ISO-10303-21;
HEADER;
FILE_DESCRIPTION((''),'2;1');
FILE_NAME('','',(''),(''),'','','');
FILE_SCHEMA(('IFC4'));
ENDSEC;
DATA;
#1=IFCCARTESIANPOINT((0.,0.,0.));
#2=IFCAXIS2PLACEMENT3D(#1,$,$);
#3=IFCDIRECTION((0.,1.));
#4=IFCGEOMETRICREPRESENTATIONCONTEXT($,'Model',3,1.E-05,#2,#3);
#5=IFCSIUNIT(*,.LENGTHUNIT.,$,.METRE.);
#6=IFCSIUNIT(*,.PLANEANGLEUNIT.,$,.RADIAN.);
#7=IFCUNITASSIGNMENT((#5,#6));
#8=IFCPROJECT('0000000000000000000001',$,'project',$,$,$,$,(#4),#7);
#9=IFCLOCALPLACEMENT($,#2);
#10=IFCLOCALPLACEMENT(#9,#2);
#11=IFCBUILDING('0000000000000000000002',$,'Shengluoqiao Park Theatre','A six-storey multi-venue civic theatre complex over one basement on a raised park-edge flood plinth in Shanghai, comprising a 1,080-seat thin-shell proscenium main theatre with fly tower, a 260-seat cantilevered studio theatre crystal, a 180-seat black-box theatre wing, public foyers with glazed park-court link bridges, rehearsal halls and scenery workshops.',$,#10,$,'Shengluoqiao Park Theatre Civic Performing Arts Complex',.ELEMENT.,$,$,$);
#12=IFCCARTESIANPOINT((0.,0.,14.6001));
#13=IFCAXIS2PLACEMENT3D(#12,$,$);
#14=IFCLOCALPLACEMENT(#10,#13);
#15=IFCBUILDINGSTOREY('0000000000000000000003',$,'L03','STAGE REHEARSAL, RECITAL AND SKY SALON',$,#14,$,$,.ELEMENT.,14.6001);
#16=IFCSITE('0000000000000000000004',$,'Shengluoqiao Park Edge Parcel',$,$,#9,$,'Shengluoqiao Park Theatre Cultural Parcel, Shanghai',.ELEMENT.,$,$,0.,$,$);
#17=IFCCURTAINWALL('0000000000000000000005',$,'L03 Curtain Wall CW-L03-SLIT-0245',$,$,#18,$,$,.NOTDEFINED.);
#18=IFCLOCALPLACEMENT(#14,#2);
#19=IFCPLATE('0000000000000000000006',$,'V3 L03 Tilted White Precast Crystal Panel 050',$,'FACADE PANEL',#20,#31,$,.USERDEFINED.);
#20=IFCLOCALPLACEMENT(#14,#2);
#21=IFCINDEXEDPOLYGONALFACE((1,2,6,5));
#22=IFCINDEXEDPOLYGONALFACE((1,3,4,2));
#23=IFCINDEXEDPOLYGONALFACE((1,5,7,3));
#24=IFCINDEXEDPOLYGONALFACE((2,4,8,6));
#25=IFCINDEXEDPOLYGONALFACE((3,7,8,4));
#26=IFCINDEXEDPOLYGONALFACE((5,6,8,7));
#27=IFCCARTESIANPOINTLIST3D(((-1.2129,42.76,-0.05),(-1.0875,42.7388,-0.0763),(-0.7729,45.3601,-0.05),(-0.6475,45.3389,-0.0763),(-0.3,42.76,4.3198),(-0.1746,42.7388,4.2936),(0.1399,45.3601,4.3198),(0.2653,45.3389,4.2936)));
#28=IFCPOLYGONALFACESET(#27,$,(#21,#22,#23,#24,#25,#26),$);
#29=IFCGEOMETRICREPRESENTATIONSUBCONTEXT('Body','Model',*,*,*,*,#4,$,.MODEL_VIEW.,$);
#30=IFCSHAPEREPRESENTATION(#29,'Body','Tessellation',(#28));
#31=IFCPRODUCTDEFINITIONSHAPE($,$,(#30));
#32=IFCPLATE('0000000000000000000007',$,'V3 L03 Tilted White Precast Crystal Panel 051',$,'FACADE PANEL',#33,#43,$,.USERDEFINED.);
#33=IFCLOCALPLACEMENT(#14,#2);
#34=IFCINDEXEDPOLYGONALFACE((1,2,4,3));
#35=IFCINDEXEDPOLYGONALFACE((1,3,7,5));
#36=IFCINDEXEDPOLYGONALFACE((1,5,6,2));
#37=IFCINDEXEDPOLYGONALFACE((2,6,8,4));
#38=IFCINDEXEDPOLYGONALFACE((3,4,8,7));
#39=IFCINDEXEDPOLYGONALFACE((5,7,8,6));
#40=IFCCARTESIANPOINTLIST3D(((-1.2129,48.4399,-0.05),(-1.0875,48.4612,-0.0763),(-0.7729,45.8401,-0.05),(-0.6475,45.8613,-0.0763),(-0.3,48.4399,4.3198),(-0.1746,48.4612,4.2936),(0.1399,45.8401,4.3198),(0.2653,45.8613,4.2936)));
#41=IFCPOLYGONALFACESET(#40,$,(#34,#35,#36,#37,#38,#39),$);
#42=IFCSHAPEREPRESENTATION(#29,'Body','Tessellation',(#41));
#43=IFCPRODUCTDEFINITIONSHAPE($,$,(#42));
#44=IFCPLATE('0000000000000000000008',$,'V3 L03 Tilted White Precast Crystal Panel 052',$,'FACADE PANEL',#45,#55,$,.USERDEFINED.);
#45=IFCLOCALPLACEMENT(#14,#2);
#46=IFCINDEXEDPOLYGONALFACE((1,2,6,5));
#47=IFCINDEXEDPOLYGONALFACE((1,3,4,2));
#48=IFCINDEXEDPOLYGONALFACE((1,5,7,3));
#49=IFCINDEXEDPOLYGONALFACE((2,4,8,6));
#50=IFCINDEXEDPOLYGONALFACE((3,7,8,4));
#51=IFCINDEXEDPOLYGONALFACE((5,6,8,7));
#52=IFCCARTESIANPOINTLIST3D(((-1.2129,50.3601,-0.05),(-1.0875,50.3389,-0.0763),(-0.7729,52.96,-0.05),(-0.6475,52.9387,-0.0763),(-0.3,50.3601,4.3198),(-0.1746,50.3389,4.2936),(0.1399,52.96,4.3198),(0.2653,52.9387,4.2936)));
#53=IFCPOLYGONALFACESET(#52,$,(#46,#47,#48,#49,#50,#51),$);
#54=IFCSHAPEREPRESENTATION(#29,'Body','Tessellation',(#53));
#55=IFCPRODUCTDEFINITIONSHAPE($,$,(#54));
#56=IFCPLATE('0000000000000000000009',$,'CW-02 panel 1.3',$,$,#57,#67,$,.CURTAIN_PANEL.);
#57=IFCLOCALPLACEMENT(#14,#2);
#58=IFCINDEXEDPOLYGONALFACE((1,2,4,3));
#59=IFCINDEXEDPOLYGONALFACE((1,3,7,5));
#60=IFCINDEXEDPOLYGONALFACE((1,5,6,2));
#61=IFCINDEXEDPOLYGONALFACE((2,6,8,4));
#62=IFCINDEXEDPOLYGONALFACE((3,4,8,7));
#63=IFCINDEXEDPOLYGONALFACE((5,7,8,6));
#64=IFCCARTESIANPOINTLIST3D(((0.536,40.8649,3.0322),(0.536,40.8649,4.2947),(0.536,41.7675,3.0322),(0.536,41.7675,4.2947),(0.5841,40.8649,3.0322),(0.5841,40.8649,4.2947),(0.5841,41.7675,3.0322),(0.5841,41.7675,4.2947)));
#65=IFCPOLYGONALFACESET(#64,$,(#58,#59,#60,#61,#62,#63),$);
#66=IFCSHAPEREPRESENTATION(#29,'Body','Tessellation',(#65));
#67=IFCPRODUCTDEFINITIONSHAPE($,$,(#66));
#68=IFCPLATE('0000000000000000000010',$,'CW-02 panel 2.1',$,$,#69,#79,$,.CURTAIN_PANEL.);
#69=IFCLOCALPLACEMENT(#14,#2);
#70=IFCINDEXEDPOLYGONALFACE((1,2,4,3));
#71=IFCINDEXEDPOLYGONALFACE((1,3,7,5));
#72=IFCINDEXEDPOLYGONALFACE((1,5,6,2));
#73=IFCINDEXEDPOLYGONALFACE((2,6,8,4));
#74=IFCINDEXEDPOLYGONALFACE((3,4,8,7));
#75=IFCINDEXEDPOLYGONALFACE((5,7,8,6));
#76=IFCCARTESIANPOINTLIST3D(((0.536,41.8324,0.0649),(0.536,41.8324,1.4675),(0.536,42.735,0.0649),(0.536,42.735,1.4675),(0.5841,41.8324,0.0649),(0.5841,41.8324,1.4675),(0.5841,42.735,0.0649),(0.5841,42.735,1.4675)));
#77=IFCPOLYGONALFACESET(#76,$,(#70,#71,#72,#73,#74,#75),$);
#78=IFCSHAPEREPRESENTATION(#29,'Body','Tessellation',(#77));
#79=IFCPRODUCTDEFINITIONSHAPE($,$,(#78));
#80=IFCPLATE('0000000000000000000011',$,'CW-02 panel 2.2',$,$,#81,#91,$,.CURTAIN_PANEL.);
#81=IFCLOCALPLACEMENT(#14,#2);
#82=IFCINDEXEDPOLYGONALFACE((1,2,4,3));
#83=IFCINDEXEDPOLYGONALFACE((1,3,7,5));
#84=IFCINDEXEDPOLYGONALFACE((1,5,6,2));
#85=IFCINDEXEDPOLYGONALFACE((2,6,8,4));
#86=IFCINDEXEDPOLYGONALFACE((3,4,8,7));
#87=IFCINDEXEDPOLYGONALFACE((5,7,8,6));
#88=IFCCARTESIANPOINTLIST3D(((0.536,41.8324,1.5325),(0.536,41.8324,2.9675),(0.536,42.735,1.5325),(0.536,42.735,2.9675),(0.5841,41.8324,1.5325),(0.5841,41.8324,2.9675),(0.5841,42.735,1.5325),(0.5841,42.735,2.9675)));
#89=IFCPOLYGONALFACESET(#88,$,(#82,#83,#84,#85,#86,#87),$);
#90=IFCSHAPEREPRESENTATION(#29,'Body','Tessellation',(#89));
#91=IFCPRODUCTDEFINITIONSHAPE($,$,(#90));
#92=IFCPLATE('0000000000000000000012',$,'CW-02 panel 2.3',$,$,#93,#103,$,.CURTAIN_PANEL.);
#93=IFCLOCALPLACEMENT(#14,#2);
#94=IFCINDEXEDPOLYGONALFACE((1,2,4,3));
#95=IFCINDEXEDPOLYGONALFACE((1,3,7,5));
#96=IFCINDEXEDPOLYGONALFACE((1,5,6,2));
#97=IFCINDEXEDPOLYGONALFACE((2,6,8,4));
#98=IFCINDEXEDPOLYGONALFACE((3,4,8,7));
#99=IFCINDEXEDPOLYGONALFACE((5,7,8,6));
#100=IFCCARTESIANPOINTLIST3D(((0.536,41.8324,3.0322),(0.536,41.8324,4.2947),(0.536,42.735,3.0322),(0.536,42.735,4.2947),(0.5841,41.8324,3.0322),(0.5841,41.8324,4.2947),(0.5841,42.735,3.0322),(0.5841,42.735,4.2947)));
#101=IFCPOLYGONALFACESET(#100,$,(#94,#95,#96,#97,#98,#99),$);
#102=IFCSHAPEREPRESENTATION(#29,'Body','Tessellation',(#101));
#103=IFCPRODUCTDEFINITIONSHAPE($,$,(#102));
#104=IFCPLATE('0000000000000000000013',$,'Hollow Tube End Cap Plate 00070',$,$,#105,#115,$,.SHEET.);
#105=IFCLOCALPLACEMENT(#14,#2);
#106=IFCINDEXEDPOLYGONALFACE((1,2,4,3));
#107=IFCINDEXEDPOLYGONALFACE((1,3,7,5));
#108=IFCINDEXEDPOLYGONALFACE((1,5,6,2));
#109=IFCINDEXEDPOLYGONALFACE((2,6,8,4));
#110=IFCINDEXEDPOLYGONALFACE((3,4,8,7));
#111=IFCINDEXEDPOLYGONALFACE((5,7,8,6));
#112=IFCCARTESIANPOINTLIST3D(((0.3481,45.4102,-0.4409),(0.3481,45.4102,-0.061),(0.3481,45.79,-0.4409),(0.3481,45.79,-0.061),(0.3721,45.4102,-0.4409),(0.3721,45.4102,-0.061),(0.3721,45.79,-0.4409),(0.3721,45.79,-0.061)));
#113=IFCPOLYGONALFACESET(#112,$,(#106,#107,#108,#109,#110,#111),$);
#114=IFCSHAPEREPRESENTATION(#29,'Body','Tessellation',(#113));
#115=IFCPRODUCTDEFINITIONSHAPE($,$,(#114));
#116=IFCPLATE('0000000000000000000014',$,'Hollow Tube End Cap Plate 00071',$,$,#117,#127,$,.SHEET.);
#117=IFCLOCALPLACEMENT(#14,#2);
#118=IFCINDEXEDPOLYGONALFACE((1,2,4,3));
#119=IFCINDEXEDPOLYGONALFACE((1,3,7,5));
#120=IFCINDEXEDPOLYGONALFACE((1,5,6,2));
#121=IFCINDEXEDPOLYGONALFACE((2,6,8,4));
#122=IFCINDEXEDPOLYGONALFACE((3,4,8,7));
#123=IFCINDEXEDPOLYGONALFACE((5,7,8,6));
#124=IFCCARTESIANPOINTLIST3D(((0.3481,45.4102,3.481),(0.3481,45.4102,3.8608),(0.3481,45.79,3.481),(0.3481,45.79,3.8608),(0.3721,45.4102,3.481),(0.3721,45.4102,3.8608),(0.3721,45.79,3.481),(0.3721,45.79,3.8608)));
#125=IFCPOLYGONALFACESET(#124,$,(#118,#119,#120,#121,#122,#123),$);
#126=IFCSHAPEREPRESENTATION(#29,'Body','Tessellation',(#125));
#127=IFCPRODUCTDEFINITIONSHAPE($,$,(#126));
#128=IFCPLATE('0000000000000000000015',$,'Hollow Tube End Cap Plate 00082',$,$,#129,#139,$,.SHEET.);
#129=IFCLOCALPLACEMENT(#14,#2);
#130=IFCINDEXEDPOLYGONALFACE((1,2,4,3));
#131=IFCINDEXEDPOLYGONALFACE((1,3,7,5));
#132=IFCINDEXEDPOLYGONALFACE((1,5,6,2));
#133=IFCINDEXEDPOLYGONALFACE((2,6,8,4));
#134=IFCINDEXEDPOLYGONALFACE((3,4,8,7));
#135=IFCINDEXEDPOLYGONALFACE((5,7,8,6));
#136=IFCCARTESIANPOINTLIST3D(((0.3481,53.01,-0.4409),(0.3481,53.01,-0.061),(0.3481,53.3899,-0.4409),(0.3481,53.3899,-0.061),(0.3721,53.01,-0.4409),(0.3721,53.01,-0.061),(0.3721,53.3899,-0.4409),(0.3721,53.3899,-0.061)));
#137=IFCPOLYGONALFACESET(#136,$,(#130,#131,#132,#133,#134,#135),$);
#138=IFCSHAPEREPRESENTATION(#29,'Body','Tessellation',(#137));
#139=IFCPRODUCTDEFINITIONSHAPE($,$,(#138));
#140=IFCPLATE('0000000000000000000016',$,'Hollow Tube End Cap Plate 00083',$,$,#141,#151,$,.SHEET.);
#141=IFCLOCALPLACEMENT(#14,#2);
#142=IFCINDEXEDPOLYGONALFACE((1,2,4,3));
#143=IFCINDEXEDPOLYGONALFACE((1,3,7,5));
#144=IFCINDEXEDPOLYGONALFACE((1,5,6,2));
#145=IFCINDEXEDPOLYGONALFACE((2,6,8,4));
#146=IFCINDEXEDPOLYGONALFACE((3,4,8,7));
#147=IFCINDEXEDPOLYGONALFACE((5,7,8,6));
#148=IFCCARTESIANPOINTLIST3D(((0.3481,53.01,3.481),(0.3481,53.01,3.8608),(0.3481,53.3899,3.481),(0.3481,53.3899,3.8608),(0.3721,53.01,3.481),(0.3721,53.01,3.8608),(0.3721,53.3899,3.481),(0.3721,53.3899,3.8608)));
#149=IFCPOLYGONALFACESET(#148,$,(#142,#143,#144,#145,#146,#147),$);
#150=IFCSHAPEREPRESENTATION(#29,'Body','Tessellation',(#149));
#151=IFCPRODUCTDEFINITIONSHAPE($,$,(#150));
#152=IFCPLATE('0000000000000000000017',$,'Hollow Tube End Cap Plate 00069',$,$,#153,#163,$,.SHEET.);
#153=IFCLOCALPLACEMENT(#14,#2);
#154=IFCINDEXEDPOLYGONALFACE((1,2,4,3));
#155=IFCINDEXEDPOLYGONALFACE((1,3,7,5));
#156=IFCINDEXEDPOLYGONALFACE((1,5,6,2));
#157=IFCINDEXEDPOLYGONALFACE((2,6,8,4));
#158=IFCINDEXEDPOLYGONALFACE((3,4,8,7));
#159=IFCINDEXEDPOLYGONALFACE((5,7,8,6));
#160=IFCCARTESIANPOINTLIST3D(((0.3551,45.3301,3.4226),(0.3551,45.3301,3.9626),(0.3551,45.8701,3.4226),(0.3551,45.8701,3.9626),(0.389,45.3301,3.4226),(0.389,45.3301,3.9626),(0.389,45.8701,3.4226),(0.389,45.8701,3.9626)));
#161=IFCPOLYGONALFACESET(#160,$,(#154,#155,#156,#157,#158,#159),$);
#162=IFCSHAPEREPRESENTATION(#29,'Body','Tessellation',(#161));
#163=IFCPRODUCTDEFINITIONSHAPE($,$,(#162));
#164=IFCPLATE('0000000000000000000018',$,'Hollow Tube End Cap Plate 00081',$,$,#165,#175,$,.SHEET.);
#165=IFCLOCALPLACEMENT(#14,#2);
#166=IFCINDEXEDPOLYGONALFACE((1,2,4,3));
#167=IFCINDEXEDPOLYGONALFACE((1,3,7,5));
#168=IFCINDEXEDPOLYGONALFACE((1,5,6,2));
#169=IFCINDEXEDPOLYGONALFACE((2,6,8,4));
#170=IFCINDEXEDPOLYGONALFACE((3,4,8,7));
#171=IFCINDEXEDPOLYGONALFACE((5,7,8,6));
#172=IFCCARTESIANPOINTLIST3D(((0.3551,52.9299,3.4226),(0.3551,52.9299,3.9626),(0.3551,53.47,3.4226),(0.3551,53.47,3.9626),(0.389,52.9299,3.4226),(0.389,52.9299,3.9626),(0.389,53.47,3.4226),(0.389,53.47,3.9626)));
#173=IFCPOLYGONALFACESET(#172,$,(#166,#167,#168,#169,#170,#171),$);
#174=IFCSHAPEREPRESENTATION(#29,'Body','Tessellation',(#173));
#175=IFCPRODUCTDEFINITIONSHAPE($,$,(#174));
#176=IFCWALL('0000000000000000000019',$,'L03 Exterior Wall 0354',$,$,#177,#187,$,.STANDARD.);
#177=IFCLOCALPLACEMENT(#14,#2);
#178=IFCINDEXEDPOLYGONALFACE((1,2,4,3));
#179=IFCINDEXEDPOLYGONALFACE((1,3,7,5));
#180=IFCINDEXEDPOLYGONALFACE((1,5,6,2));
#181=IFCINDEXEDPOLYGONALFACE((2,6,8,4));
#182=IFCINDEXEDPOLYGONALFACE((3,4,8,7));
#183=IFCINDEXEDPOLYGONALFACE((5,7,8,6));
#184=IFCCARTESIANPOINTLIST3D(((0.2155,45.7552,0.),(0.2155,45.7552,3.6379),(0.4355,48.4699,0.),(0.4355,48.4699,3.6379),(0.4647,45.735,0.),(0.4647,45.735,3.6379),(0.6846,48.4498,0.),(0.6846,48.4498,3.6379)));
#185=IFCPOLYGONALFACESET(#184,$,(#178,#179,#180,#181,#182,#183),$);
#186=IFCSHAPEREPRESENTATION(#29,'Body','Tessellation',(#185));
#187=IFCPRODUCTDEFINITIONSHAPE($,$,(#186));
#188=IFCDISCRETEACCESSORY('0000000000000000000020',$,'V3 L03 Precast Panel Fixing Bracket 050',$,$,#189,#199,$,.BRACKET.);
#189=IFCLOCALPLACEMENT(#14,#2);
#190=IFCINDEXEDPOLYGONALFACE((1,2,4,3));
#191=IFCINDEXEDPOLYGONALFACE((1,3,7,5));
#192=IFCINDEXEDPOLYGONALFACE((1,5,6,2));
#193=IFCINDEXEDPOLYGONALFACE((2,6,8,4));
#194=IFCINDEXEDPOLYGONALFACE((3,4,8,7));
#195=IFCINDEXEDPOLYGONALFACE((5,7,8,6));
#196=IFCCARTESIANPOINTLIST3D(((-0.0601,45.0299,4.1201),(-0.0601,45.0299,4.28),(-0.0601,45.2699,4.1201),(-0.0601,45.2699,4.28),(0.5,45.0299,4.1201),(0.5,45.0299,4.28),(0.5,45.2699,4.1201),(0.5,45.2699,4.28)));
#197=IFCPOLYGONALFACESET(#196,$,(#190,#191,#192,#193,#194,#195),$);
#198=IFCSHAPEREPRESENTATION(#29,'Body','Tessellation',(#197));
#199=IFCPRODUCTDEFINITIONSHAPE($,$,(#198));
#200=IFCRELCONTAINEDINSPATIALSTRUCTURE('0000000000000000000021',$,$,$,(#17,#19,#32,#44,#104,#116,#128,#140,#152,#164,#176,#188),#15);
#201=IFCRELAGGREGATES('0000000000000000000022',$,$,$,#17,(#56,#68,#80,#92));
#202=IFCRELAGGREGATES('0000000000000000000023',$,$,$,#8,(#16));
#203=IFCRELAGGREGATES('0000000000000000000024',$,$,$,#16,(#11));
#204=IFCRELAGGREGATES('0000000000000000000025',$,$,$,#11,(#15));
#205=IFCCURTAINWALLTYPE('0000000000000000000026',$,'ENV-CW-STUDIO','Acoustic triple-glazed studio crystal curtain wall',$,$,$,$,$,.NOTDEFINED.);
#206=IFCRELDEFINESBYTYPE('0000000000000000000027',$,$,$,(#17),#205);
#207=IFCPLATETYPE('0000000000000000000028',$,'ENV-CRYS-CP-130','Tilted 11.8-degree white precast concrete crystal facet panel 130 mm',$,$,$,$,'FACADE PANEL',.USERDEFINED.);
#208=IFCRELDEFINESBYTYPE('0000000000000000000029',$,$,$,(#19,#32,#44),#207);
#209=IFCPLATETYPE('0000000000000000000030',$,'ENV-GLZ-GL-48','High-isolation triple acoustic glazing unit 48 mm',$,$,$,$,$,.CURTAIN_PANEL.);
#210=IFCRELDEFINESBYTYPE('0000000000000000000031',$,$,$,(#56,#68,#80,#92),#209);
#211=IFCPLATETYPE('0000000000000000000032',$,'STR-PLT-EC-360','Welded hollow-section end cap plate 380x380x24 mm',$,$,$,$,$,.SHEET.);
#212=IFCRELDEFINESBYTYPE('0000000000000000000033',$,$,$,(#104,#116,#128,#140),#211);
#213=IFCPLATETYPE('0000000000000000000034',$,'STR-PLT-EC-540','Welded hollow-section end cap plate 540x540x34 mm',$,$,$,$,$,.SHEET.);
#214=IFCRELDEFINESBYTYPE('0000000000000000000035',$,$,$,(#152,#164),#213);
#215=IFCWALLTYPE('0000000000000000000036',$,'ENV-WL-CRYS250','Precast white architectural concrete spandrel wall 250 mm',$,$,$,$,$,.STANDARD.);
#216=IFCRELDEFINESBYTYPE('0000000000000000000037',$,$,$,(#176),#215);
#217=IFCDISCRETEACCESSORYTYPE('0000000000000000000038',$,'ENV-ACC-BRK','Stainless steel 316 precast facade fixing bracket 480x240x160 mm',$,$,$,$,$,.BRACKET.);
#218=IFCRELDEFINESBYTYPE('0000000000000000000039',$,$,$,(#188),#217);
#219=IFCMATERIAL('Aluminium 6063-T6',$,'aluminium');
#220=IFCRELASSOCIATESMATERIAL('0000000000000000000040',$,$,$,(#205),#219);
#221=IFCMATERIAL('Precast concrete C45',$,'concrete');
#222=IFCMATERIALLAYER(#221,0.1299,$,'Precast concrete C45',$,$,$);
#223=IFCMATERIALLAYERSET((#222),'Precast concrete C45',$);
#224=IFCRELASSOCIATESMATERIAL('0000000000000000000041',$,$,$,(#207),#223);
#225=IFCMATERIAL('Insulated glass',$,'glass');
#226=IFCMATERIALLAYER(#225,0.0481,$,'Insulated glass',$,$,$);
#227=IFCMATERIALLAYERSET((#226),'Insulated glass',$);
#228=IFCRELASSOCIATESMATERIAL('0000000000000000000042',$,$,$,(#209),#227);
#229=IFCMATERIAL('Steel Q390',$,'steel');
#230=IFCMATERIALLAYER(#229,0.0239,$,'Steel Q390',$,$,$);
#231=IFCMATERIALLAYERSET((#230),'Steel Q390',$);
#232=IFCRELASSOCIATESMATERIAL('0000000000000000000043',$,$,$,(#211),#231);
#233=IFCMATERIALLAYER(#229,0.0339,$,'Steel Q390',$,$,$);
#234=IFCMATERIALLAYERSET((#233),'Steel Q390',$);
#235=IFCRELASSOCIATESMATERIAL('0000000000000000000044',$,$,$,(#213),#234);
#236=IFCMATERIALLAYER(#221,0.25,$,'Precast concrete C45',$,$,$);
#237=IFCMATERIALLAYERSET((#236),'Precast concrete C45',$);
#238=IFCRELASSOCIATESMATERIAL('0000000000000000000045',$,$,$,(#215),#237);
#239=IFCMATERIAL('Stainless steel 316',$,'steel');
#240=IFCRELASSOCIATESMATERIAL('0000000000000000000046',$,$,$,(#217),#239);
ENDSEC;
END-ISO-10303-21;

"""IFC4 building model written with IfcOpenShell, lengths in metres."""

from ifc_helpers import new_model, si_unit, direction, frame, frame_2d, origin, origin_2d, place, context, subcontext, project, spatial, polyline, rectangle, outline, extrude, material, layer, layer_set, type_object, element, aggregate, save


model = new_model("IFC4")

# Units and contexts
model_context = context("Model", 3, precision=1e-05, world=origin(), true_north=direction((0.0, 1.0)))
body_context = subcontext(model_context, "Body", "Model", "MODEL_VIEW")
ifc_project = project(units=[si_unit("LENGTHUNIT", "METRE"), si_unit("PLANEANGLEUNIT", "RADIAN")], contexts=[model_context])

# Site, building, storey
site_placement = place(None, origin())
site = spatial("IfcSite", under=ifc_project, at=site_placement, Name="Shengluoqiao Park Edge Parcel", LongName="Shengluoqiao Park Theatre Cultural Parcel, Shanghai", CompositionType="ELEMENT", RefElevation=0.0)
building_placement = place(site_placement, origin())
building = spatial("IfcBuilding", under=site, at=building_placement, Name="Shengluoqiao Park Theatre", Description="A six-storey multi-venue civic theatre complex over one basement on a raised park-edge flood plinth in Shanghai, comprising a 1,080-seat thin-shell proscenium main theatre with fly tower, a 260-seat cantilevered studio theatre crystal, a 180-seat black-box theatre wing, public foyers with glazed park-court link bridges, rehearsal halls and scenery workshops.", LongName="Shengluoqiao Park Theatre Civic Performing Arts Complex", CompositionType="ELEMENT")
storey_placement = place(building_placement, frame((0.0, 0.0, 14.6001)))
storey = spatial("IfcBuildingStorey", under=building, at=storey_placement, Name="L03", Description="STAGE REHEARSAL, RECITAL AND SKY SALON", CompositionType="ELEMENT", Elevation=14.6001)

# Curtain wall
ifc_material_1 = material(Name="Aluminium 6063-T6", Category="aluminium")
curtain_wall_type = type_object("IfcCurtainWallType", Name="ENV-CW-STUDIO", Description="Acoustic triple-glazed studio crystal curtain wall", PredefinedType="NOTDEFINED", material=ifc_material_1)
curtain_wall_placement = place(storey_placement, origin())
curtain_wall = element("IfcCurtainWall", 1, at=curtain_wall_placement, inside=storey, type_object=curtain_wall_type, Name="L03 Curtain Wall CW-L03-SLIT-0245", PredefinedType="NOTDEFINED")

# Shared definitions
ifc_material_2 = material(Name="Steel Q390", Category="steel")

# Plates
ifc_material_3 = material(Name="Precast concrete C45", Category="concrete")
ifc_layer_1 = layer(ifc_material_3, 0.1299, Name="Precast concrete C45")
ifc_layer_set_1 = layer_set([ifc_layer_1], Name="Precast concrete C45")
plate_type_1 = type_object("IfcPlateType", Name="ENV-CRYS-CP-130", Description="Tilted 11.8-degree white precast concrete crystal facet panel 130 mm", ElementType="FACADE PANEL", PredefinedType="USERDEFINED", material=ifc_layer_set_1)
plate_1_placement = place(storey_placement, frame((-1.2129, 42.76, -0.05), z_axis=(-0.965714, 0.163401, 0.201732), x_axis=(0.166831, 0.985986, 0.0)))
element("IfcPlate", 2, at=plate_1_placement, inside=storey, type_object=plate_type_1, Name="V3 L03 Tilted White Precast Crystal Panel 050", ObjectType="FACADE PANEL", PredefinedType="USERDEFINED", context=body_context, shape_type="SweptSolid", body=[
    extrude(outline(polyline([(0.0, 0.0), (2.6371, 0.0), (2.7893, -4.4616), (0.1523, -4.4616), (0.0, 0.0)])), origin(), (0.0, 0.0, -1.0), 0.1299),
])
plate_2_placement = place(storey_placement, frame((-0.7729, 45.8401, -0.05), z_axis=(-0.965712, -0.163416, 0.201732), x_axis=(-0.166846, 0.985983, 0.0)))
element("IfcPlate", 3, at=plate_2_placement, inside=storey, type_object=plate_type_1, Name="V3 L03 Tilted White Precast Crystal Panel 051", ObjectType="FACADE PANEL", PredefinedType="USERDEFINED", context=body_context, shape_type="SweptSolid", body=[
    extrude(outline(polyline([(0.0, 0.0), (2.6368, 0.0), (2.4845, -4.4616), (-0.1523, -4.4616), (0.0, 0.0)])), origin(), (0.0, 0.0, -1.0), 0.1299),
])
plate_3_placement = place(storey_placement, frame((-1.2129, 50.3601, -0.05), z_axis=(-0.965712, 0.163416, 0.201732), x_axis=(0.166846, 0.985983, 0.0)))
element("IfcPlate", 4, at=plate_3_placement, inside=storey, type_object=plate_type_1, Name="V3 L03 Tilted White Precast Crystal Panel 052", ObjectType="FACADE PANEL", PredefinedType="USERDEFINED", context=body_context, shape_type="SweptSolid", body=[
    extrude(outline(polyline([(0.0, 0.0), (2.6368, 0.0), (2.7891, -4.4616), (0.1523, -4.4616), (0.0, 0.0)])), origin(), (0.0, 0.0, -1.0), 0.1299),
])

# Plates
ifc_material_4 = material(Name="Insulated glass", Category="glass")
ifc_layer_2 = layer(ifc_material_4, 0.0481, Name="Insulated glass")
ifc_layer_set_2 = layer_set([ifc_layer_2], Name="Insulated glass")
plate_type_2 = type_object("IfcPlateType", Name="ENV-GLZ-GL-48", Description="High-isolation triple acoustic glazing unit 48 mm", PredefinedType="CURTAIN_PANEL", material=ifc_layer_set_2)
plate_4_placement = place(storey_placement, frame((0.5601, 41.3162, 3.0322), z_axis=(0.0, 0.0, 1.0), x_axis=(0.0, 1.0, 0.0)))
plate_4 = element("IfcPlate", 5, at=plate_4_placement, type_object=plate_type_2, Name="CW-02 panel 1.3", PredefinedType="CURTAIN_PANEL", context=body_context, shape_type="SweptSolid", body=[
    extrude(rectangle(XDim=0.9026, YDim=0.0481, at=origin_2d()), origin(), (0.0, 0.0, 1.0), 1.2625),
])
plate_5_placement = place(storey_placement, frame((0.5601, 42.2837, 0.0649), z_axis=(0.0, 0.0, 1.0), x_axis=(0.0, 1.0, 0.0)))
plate_5 = element("IfcPlate", 6, at=plate_5_placement, type_object=plate_type_2, Name="CW-02 panel 2.1", PredefinedType="CURTAIN_PANEL", context=body_context, shape_type="SweptSolid", body=[
    extrude(rectangle(XDim=0.9026, YDim=0.0481, at=origin_2d()), origin(), (0.0, 0.0, 1.0), 1.4026),
])
plate_6_placement = place(storey_placement, frame((0.5601, 42.2837, 1.5325), z_axis=(0.0, 0.0, 1.0), x_axis=(0.0, 1.0, 0.0)))
plate_6 = element("IfcPlate", 7, at=plate_6_placement, type_object=plate_type_2, Name="CW-02 panel 2.2", PredefinedType="CURTAIN_PANEL", context=body_context, shape_type="SweptSolid", body=[
    extrude(rectangle(XDim=0.9026, YDim=0.0481, at=origin_2d()), origin(), (0.0, 0.0, 1.0), 1.4351),
])
plate_7_placement = place(storey_placement, frame((0.5601, 42.2837, 3.0322), z_axis=(0.0, 0.0, 1.0), x_axis=(0.0, 1.0, 0.0)))
plate_7 = element("IfcPlate", 8, at=plate_7_placement, type_object=plate_type_2, Name="CW-02 panel 2.3", PredefinedType="CURTAIN_PANEL", context=body_context, shape_type="SweptSolid", body=[
    extrude(rectangle(XDim=0.9026, YDim=0.0481, at=origin_2d()), origin(), (0.0, 0.0, 1.0), 1.2625),
])
aggregate(curtain_wall, [plate_4, plate_5, plate_6, plate_7])

# Plates
ifc_layer_3 = layer(ifc_material_2, 0.0239, Name="Steel Q390")
ifc_layer_set_3 = layer_set([ifc_layer_3], Name="Steel Q390")
plate_type_3 = type_object("IfcPlateType", Name="STR-PLT-EC-360", Description="Welded hollow-section end cap plate 380x380x24 mm", PredefinedType="SHEET", material=ifc_layer_set_3)
for number, where, z_axis, x_axis, name in (
    (9, (0.3601, 45.6001, -0.4409), (0.0, 0.0, 1.0), (1.0, 0.0, 0.0), "Hollow Tube End Cap Plate 00070"),
    (10, (0.3601, 45.6001, 3.481), (0.0, 0.0, 1.0), (1.0, 0.0, 0.0), "Hollow Tube End Cap Plate 00071"),
    (11, (0.3601, 53.2, -0.4409), (0.0, 0.0, 1.0), (1.0, 0.0, 0.0), "Hollow Tube End Cap Plate 00082"),
    (12, (0.3601, 53.2, 3.481), (0.0, 0.0, 1.0), (1.0, 0.0, 0.0), "Hollow Tube End Cap Plate 00083"),
):
    element("IfcPlate", number, at=place(storey_placement, frame(where, z_axis=z_axis, x_axis=x_axis)), inside=storey, type_object=plate_type_3, Name=name, PredefinedType="SHEET", context=body_context, shape_type="SweptSolid", body=[
        extrude(rectangle(XDim=0.0239, YDim=0.3799, at=origin_2d()), origin(), (0.0, 0.0, 1.0), 0.3799),
    ])
ifc_layer_4 = layer(ifc_material_2, 0.0339, Name="Steel Q390")
ifc_layer_set_4 = layer_set([ifc_layer_4], Name="Steel Q390")
plate_type_4 = type_object("IfcPlateType", Name="STR-PLT-EC-540", Description="Welded hollow-section end cap plate 540x540x34 mm", PredefinedType="SHEET", material=ifc_layer_set_4)
for number, where, z_axis, x_axis, name in (
    (13, (0.3721, 45.6001, 3.4226), (0.0, 0.0, 1.0), (-1.0, 0.0, 0.0), "Hollow Tube End Cap Plate 00069"),
    (14, (0.3721, 53.2, 3.4226), (0.0, 0.0, 1.0), (-1.0, 0.0, 0.0), "Hollow Tube End Cap Plate 00081"),
):
    element("IfcPlate", number, at=place(storey_placement, frame(where, z_axis=z_axis, x_axis=x_axis)), inside=storey, type_object=plate_type_4, Name=name, PredefinedType="SHEET", context=body_context, shape_type="SweptSolid", body=[
        extrude(rectangle(XDim=0.0339, YDim=0.54, at=origin_2d()), origin(), (0.0, 0.0, 1.0), 0.54),
    ])

# Wall
ifc_layer_5 = layer(ifc_material_3, 0.25, Name="Precast concrete C45")
ifc_layer_set_5 = layer_set([ifc_layer_5], Name="Precast concrete C45")
wall_type = type_object("IfcWallType", Name="ENV-WL-CRYS250", Description="Precast white architectural concrete spandrel wall 250 mm", PredefinedType="STANDARD", material=ifc_layer_set_5)
wall_placement = place(storey_placement, frame((0.3401, 45.7451, 0.0), z_axis=(0.0, 0.0, 1.0), x_axis=(0.080761, 0.996734, 0.0)))
element("IfcWall", 15, at=wall_placement, inside=storey, type_object=wall_type, Name="L03 Exterior Wall 0354", PredefinedType="STANDARD", context=body_context, shape_type="SweptSolid", body=[
    extrude(rectangle(XDim=2.7236, YDim=0.25, at=frame_2d((1.3618, 0.0))), origin(), (0.0, 0.0, 1.0), 3.6379),
])

# Discrete accessory
ifc_material_5 = material(Name="Stainless steel 316", Category="steel")
discrete_accessory_type = type_object("IfcDiscreteAccessoryType", Name="ENV-ACC-BRK", Description="Stainless steel 316 precast facade fixing bracket 480x240x160 mm", PredefinedType="BRACKET", material=ifc_material_5)
for number, where, z_axis, x_axis, name in (
    (16, (0.22, 45.1499, 4.1201), (0.0, 0.0, 1.0), (1.0, 0.0, 0.0), "V3 L03 Precast Panel Fixing Bracket 050"),
):
    element("IfcDiscreteAccessory", number, at=place(storey_placement, frame(where, z_axis=z_axis, x_axis=x_axis)), inside=storey, type_object=discrete_accessory_type, Name=name, PredefinedType="BRACKET", context=body_context, shape_type="SweptSolid", body=[
        extrude(rectangle(XDim=0.5601, YDim=0.24, at=origin_2d()), origin(), (0.0, 0.0, 1.0), 0.1599),
    ])

save(model, "model.ifc")
